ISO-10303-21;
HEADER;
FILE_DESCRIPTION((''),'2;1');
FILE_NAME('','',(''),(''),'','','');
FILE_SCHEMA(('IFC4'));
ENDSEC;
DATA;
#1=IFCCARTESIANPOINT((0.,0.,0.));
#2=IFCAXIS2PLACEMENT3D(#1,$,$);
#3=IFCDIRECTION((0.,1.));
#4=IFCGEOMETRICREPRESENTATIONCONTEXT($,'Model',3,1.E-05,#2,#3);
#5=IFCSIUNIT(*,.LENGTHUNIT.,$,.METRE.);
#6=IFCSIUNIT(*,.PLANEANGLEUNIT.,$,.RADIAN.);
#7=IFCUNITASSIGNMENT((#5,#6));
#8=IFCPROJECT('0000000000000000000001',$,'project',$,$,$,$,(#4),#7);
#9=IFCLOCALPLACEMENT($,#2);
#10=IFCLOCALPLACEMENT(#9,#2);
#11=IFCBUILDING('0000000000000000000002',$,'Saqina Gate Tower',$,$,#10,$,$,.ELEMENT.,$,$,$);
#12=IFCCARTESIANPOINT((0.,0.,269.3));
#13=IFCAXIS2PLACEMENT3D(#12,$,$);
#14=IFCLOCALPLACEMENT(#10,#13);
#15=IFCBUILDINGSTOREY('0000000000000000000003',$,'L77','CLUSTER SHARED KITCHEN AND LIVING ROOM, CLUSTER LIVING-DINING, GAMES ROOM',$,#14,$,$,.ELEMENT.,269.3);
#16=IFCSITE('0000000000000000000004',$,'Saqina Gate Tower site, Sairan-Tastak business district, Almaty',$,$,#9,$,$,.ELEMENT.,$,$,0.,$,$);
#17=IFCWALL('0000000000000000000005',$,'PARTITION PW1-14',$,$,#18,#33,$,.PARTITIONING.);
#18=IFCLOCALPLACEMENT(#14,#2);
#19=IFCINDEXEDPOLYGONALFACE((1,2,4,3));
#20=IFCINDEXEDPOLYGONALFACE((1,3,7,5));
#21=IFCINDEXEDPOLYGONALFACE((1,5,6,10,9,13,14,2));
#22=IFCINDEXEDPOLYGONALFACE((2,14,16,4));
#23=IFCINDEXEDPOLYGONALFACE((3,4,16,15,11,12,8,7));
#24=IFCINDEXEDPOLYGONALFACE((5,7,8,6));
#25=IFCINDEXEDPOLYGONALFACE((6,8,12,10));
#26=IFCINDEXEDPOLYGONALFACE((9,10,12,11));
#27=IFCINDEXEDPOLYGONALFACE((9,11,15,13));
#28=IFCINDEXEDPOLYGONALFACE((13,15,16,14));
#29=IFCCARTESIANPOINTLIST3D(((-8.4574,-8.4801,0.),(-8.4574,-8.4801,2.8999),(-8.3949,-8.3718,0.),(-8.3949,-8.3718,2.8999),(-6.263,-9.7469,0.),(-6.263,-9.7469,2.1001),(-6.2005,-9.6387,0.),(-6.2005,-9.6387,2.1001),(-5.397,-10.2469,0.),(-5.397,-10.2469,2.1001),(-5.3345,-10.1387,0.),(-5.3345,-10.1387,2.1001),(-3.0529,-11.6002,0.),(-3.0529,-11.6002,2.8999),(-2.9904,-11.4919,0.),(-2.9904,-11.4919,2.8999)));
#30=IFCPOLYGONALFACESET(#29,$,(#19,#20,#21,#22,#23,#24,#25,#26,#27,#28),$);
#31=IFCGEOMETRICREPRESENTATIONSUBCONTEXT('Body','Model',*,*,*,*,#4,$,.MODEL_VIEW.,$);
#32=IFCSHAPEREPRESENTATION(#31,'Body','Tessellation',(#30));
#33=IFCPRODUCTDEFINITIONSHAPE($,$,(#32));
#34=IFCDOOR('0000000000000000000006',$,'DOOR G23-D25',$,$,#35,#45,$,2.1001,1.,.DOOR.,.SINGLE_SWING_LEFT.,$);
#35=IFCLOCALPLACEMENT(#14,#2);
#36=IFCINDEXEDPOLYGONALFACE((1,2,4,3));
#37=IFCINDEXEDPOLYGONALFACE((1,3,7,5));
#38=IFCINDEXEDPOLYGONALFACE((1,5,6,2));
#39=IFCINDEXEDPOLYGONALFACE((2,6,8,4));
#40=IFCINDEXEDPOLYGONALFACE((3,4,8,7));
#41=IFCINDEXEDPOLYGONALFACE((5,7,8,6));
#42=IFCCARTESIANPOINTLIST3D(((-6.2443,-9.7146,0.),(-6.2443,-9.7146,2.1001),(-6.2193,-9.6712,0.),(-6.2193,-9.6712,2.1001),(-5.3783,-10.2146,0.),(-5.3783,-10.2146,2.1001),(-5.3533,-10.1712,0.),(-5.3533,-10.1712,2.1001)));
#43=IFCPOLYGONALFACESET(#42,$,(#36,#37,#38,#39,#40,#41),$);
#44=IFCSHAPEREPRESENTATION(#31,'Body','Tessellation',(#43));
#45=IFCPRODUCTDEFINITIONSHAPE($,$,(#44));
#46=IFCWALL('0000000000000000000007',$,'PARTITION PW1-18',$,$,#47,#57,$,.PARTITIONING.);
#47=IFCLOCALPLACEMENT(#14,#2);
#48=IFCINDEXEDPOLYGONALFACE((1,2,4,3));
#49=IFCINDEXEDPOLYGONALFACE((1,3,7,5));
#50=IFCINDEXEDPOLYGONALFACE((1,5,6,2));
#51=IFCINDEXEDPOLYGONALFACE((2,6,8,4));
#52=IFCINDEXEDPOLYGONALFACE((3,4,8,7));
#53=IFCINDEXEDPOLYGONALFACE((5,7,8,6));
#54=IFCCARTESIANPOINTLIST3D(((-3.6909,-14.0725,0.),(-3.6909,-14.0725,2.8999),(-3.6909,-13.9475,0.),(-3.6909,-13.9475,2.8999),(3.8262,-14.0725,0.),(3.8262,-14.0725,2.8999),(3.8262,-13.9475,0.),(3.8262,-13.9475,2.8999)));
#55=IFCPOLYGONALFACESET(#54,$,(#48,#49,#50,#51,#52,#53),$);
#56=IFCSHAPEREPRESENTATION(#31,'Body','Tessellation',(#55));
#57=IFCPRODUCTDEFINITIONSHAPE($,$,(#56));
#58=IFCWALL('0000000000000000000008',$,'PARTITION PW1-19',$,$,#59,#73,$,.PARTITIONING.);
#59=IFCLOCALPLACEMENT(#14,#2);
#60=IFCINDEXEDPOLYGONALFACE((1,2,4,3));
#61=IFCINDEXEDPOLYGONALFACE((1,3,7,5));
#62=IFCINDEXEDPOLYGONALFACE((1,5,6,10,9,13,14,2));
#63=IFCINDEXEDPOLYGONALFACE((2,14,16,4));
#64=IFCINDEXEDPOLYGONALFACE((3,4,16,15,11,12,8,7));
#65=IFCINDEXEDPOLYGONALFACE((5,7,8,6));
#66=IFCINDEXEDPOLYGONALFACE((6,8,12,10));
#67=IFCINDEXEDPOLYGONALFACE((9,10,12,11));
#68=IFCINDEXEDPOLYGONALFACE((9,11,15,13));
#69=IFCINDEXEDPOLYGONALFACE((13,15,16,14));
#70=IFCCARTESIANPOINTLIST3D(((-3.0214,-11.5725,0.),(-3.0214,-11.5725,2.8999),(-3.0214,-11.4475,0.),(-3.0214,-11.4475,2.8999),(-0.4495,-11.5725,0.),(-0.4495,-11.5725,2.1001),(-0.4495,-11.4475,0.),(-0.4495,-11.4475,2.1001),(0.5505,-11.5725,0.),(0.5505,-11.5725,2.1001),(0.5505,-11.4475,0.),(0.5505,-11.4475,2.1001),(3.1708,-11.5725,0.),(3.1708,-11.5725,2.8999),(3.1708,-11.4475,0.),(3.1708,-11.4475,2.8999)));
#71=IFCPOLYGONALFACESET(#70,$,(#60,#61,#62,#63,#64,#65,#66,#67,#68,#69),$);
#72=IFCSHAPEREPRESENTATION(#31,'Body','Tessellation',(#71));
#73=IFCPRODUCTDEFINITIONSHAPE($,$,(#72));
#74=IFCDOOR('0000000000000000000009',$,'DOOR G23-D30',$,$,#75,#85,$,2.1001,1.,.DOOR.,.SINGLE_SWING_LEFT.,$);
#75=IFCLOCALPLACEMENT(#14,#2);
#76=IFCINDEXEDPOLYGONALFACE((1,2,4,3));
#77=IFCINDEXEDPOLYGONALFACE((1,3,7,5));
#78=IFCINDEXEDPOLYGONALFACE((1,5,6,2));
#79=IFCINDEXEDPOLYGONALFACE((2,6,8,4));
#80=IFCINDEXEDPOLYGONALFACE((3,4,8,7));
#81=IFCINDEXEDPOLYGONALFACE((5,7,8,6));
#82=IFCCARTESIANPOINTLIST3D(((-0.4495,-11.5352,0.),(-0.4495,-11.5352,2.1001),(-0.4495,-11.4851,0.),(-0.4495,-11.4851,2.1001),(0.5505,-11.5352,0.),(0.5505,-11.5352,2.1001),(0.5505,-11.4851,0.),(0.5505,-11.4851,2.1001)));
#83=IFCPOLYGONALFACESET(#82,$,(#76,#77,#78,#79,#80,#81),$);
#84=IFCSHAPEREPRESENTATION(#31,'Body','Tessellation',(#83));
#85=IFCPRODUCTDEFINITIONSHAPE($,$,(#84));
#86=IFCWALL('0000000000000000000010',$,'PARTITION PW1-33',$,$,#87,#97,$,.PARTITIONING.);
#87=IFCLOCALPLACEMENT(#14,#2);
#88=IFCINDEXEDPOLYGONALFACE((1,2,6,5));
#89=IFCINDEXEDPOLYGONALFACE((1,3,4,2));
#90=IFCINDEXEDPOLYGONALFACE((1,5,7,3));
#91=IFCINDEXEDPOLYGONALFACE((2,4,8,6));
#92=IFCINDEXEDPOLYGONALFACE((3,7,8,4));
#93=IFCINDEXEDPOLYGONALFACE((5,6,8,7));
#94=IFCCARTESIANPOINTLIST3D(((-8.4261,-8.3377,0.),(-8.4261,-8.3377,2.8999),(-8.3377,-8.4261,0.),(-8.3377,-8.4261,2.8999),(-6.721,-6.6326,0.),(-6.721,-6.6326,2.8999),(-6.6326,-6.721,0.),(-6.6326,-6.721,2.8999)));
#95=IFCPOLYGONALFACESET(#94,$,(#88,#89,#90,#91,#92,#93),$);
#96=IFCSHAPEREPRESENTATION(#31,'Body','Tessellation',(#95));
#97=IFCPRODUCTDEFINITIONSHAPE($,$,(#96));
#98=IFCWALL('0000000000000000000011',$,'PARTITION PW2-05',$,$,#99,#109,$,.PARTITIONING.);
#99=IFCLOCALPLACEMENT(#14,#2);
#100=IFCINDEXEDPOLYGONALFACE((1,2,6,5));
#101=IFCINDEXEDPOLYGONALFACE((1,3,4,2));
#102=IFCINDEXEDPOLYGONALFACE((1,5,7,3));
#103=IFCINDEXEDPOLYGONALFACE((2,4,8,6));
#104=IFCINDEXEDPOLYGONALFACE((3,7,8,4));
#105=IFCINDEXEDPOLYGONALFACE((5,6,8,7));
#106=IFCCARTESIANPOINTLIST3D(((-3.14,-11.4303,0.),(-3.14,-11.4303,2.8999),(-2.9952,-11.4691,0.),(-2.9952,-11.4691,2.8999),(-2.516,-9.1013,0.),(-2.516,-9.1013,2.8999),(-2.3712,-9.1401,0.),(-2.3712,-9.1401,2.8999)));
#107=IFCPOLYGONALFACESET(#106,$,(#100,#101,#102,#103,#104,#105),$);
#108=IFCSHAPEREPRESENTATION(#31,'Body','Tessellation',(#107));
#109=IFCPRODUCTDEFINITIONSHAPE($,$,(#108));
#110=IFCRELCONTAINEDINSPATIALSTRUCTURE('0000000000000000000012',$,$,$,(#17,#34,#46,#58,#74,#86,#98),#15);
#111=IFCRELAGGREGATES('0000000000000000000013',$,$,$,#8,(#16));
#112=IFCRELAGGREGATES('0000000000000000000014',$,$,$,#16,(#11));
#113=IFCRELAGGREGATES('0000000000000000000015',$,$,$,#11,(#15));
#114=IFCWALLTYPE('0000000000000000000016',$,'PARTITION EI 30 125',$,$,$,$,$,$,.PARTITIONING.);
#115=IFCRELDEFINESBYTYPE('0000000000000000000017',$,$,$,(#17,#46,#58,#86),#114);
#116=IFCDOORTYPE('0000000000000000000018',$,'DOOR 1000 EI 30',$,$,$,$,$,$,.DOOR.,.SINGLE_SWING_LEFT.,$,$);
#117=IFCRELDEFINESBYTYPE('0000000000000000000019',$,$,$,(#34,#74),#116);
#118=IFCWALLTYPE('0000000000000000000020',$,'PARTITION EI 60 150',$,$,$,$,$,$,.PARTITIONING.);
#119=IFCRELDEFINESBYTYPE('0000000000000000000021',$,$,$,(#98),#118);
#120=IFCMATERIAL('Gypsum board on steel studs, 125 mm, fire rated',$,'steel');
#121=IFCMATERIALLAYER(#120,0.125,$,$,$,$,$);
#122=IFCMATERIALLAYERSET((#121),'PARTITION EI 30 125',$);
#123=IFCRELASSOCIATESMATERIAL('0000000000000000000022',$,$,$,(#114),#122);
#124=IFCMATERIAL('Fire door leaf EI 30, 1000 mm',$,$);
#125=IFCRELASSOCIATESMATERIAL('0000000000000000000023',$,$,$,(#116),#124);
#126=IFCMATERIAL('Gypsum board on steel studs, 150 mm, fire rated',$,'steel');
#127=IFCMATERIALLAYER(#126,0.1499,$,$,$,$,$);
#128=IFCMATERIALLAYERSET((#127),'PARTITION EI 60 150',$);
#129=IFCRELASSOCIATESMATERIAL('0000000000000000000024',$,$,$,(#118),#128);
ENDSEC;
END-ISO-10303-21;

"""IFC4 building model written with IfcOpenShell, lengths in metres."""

from ifc_helpers import new_model, si_unit, direction, frame, frame_2d, origin, place, context, subcontext, project, spatial, rectangle, extrude, material, layer, layer_set, type_object, element, fill, save


model = new_model("IFC4")

# Units and contexts
model_context = context("Model", 3, precision=1e-05, world=origin(), true_north=direction((0.0, 1.0)))
body_context = subcontext(model_context, "Body", "Model", "MODEL_VIEW")
ifc_project = project(units=[si_unit("LENGTHUNIT", "METRE"), si_unit("PLANEANGLEUNIT", "RADIAN")], contexts=[model_context])

# Site, building, storey
site_placement = place(None, origin())
site = spatial("IfcSite", under=ifc_project, at=site_placement, Name="Saqina Gate Tower site, Sairan-Tastak business district, Almaty", CompositionType="ELEMENT", RefElevation=0.0)
building_placement = place(site_placement, origin())
building = spatial("IfcBuilding", under=site, at=building_placement, Name="Saqina Gate Tower", CompositionType="ELEMENT")
storey_placement = place(building_placement, frame((0.0, 0.0, 269.3)))
storey = spatial("IfcBuildingStorey", under=building, at=storey_placement, Name="L77", Description="CLUSTER SHARED KITCHEN AND LIVING ROOM, CLUSTER LIVING-DINING, GAMES ROOM", CompositionType="ELEMENT", Elevation=269.3)

# Shared definitions
ifc_material_1 = material(Name="Gypsum board on steel studs, 125 mm, fire rated", Category="steel")
ifc_layer_1 = layer(ifc_material_1, 0.125)
ifc_layer_set_1 = layer_set([ifc_layer_1], Name="PARTITION EI 30 125")
wall_type_1 = type_object("IfcWallType", Name="PARTITION EI 30 125", PredefinedType="PARTITIONING", material=ifc_layer_set_1)

# Wall, opening, door
ifc_material_2 = material(Name="Fire door leaf EI 30, 1000 mm")
door_type_1 = type_object("IfcDoorType", Name="DOOR 1000 EI 30", OperationType="SINGLE_SWING_LEFT", PredefinedType="DOOR", material=ifc_material_2)
wall_1_placement = place(storey_placement, frame((-8.426, -8.426, 0.0), z_axis=(0.0, 0.0, 1.0), x_axis=(0.866039, -0.499976, 0.0)))
wall_1 = element("IfcWall", 1, at=wall_1_placement, inside=storey, type_object=wall_type_1, Name="PARTITION PW1-14", PredefinedType="PARTITIONING", context=body_context, shape_type="SweptSolid", body=[
    extrude(rectangle(XDim=6.2405, YDim=0.125, at=frame_2d((3.1201, 0.0))), origin(), (0.0, 0.0, 1.0), 2.8999),
])
opening_1_placement = place(wall_1_placement, frame((2.5337, 0.0, 0.0)))
opening_1 = element("IfcOpeningElement", 2, at=opening_1_placement, cuts=wall_1, PredefinedType="OPENING", context=body_context, shape_type="SweptSolid", body=[
    extrude(rectangle(XDim=1.0, YDim=2.1001, at=frame_2d((0.5, 1.05))), frame((0.0, 0.0745, 0.0), z_axis=(0.0, -1.0, 0.0), x_axis=(1.0, 0.0, 0.0)), (0.0, 0.0, 1.0), 0.1489),
])
door_1_placement = place(opening_1_placement, origin())
door_1 = element("IfcDoor", 3, at=door_1_placement, inside=storey, type_object=door_type_1, Name="DOOR G23-D25", OperationType="SINGLE_SWING_LEFT", OverallHeight=2.1001, OverallWidth=1.0, PredefinedType="DOOR", context=body_context, shape_type="SweptSolid", body=[
    extrude(rectangle(XDim=1.0, YDim=2.1001, at=frame_2d((0.5, 1.05))), frame((0.0, 0.0249, 0.0), z_axis=(0.0, -1.0, 0.0), x_axis=(1.0, 0.0, 0.0)), (0.0, 0.0, 1.0), 0.05),
])
fill(opening_1, door_1)

# Wall
wall_2_placement = place(storey_placement, frame((-3.6909, -14.01, 0.0), z_axis=(0.0, 0.0, 1.0), x_axis=(1.0, 0.0, 0.0)))
element("IfcWall", 4, at=wall_2_placement, inside=storey, type_object=wall_type_1, Name="PARTITION PW1-18", PredefinedType="PARTITIONING", context=body_context, shape_type="SweptSolid", body=[
    extrude(rectangle(XDim=7.5171, YDim=0.125, at=frame_2d((3.7585, 0.0))), origin(), (0.0, 0.0, 1.0), 2.8999),
])

# Wall, opening, door
wall_3_placement = place(storey_placement, frame((-3.0215, -11.51, 0.0), z_axis=(0.0, 0.0, 1.0), x_axis=(1.0, 0.0, 0.0)))
wall_3 = element("IfcWall", 5, at=wall_3_placement, inside=storey, type_object=wall_type_1, Name="PARTITION PW1-19", PredefinedType="PARTITIONING", context=body_context, shape_type="SweptSolid", body=[
    extrude(rectangle(XDim=6.1921, YDim=0.125, at=frame_2d((3.0962, 0.0))), origin(), (0.0, 0.0, 1.0), 2.8999),
])
opening_2_placement = place(wall_3_placement, frame((2.572, 0.0, 0.0)))
opening_2 = element("IfcOpeningElement", 6, at=opening_2_placement, cuts=wall_3, PredefinedType="OPENING", context=body_context, shape_type="SweptSolid", body=[
    extrude(rectangle(XDim=1.0, YDim=2.1001, at=frame_2d((0.5, 1.05))), frame((0.0, 0.0745, 0.0), z_axis=(0.0, -1.0, 0.0), x_axis=(1.0, 0.0, 0.0)), (0.0, 0.0, 1.0), 0.1489),
])
door_2_placement = place(opening_2_placement, origin())
door_2 = element("IfcDoor", 7, at=door_2_placement, inside=storey, type_object=door_type_1, Name="DOOR G23-D30", OperationType="SINGLE_SWING_LEFT", OverallHeight=2.1001, OverallWidth=1.0, PredefinedType="DOOR", context=body_context, shape_type="SweptSolid", body=[
    extrude(rectangle(XDim=1.0, YDim=2.1001, at=frame_2d((0.5, 1.05))), frame((0.0, 0.0249, 0.0), z_axis=(0.0, -1.0, 0.0), x_axis=(1.0, 0.0, 0.0)), (0.0, 0.0, 1.0), 0.05),
])
fill(opening_2, door_2)

# Walls
wall_4_placement = place(storey_placement, frame((-8.3818, -8.3818, 0.0), z_axis=(0.0, 0.0, 1.0), x_axis=(0.707107, 0.707107, 0.0)))
element("IfcWall", 8, at=wall_4_placement, inside=storey, type_object=wall_type_1, Name="PARTITION PW1-33", PredefinedType="PARTITIONING", context=body_context, shape_type="SweptSolid", body=[
    extrude(rectangle(XDim=2.4114, YDim=0.125, at=frame_2d((1.2056, 0.0))), origin(), (0.0, 0.0, 1.0), 2.8999),
])
ifc_material_3 = material(Name="Gypsum board on steel studs, 150 mm, fire rated", Category="steel")
ifc_layer_2 = layer(ifc_material_3, 0.1499)
ifc_layer_set_2 = layer_set([ifc_layer_2], Name="PARTITION EI 60 150")
wall_type_2 = type_object("IfcWallType", Name="PARTITION EI 60 150", PredefinedType="PARTITIONING", material=ifc_layer_set_2)
wall_5_placement = place(storey_placement, frame((-3.0676, -11.4497, 0.0), z_axis=(0.0, 0.0, 1.0), x_axis=(0.258797, 0.965932, 0.0)))
element("IfcWall", 9, at=wall_5_placement, inside=storey, type_object=wall_type_2, Name="PARTITION PW2-05", PredefinedType="PARTITIONING", context=body_context, shape_type="SweptSolid", body=[
    extrude(rectangle(XDim=2.4111, YDim=0.1499, at=frame_2d((1.2056, 0.0))), origin(), (0.0, 0.0, 1.0), 2.8999),
])

save(model, "model.ifc")
